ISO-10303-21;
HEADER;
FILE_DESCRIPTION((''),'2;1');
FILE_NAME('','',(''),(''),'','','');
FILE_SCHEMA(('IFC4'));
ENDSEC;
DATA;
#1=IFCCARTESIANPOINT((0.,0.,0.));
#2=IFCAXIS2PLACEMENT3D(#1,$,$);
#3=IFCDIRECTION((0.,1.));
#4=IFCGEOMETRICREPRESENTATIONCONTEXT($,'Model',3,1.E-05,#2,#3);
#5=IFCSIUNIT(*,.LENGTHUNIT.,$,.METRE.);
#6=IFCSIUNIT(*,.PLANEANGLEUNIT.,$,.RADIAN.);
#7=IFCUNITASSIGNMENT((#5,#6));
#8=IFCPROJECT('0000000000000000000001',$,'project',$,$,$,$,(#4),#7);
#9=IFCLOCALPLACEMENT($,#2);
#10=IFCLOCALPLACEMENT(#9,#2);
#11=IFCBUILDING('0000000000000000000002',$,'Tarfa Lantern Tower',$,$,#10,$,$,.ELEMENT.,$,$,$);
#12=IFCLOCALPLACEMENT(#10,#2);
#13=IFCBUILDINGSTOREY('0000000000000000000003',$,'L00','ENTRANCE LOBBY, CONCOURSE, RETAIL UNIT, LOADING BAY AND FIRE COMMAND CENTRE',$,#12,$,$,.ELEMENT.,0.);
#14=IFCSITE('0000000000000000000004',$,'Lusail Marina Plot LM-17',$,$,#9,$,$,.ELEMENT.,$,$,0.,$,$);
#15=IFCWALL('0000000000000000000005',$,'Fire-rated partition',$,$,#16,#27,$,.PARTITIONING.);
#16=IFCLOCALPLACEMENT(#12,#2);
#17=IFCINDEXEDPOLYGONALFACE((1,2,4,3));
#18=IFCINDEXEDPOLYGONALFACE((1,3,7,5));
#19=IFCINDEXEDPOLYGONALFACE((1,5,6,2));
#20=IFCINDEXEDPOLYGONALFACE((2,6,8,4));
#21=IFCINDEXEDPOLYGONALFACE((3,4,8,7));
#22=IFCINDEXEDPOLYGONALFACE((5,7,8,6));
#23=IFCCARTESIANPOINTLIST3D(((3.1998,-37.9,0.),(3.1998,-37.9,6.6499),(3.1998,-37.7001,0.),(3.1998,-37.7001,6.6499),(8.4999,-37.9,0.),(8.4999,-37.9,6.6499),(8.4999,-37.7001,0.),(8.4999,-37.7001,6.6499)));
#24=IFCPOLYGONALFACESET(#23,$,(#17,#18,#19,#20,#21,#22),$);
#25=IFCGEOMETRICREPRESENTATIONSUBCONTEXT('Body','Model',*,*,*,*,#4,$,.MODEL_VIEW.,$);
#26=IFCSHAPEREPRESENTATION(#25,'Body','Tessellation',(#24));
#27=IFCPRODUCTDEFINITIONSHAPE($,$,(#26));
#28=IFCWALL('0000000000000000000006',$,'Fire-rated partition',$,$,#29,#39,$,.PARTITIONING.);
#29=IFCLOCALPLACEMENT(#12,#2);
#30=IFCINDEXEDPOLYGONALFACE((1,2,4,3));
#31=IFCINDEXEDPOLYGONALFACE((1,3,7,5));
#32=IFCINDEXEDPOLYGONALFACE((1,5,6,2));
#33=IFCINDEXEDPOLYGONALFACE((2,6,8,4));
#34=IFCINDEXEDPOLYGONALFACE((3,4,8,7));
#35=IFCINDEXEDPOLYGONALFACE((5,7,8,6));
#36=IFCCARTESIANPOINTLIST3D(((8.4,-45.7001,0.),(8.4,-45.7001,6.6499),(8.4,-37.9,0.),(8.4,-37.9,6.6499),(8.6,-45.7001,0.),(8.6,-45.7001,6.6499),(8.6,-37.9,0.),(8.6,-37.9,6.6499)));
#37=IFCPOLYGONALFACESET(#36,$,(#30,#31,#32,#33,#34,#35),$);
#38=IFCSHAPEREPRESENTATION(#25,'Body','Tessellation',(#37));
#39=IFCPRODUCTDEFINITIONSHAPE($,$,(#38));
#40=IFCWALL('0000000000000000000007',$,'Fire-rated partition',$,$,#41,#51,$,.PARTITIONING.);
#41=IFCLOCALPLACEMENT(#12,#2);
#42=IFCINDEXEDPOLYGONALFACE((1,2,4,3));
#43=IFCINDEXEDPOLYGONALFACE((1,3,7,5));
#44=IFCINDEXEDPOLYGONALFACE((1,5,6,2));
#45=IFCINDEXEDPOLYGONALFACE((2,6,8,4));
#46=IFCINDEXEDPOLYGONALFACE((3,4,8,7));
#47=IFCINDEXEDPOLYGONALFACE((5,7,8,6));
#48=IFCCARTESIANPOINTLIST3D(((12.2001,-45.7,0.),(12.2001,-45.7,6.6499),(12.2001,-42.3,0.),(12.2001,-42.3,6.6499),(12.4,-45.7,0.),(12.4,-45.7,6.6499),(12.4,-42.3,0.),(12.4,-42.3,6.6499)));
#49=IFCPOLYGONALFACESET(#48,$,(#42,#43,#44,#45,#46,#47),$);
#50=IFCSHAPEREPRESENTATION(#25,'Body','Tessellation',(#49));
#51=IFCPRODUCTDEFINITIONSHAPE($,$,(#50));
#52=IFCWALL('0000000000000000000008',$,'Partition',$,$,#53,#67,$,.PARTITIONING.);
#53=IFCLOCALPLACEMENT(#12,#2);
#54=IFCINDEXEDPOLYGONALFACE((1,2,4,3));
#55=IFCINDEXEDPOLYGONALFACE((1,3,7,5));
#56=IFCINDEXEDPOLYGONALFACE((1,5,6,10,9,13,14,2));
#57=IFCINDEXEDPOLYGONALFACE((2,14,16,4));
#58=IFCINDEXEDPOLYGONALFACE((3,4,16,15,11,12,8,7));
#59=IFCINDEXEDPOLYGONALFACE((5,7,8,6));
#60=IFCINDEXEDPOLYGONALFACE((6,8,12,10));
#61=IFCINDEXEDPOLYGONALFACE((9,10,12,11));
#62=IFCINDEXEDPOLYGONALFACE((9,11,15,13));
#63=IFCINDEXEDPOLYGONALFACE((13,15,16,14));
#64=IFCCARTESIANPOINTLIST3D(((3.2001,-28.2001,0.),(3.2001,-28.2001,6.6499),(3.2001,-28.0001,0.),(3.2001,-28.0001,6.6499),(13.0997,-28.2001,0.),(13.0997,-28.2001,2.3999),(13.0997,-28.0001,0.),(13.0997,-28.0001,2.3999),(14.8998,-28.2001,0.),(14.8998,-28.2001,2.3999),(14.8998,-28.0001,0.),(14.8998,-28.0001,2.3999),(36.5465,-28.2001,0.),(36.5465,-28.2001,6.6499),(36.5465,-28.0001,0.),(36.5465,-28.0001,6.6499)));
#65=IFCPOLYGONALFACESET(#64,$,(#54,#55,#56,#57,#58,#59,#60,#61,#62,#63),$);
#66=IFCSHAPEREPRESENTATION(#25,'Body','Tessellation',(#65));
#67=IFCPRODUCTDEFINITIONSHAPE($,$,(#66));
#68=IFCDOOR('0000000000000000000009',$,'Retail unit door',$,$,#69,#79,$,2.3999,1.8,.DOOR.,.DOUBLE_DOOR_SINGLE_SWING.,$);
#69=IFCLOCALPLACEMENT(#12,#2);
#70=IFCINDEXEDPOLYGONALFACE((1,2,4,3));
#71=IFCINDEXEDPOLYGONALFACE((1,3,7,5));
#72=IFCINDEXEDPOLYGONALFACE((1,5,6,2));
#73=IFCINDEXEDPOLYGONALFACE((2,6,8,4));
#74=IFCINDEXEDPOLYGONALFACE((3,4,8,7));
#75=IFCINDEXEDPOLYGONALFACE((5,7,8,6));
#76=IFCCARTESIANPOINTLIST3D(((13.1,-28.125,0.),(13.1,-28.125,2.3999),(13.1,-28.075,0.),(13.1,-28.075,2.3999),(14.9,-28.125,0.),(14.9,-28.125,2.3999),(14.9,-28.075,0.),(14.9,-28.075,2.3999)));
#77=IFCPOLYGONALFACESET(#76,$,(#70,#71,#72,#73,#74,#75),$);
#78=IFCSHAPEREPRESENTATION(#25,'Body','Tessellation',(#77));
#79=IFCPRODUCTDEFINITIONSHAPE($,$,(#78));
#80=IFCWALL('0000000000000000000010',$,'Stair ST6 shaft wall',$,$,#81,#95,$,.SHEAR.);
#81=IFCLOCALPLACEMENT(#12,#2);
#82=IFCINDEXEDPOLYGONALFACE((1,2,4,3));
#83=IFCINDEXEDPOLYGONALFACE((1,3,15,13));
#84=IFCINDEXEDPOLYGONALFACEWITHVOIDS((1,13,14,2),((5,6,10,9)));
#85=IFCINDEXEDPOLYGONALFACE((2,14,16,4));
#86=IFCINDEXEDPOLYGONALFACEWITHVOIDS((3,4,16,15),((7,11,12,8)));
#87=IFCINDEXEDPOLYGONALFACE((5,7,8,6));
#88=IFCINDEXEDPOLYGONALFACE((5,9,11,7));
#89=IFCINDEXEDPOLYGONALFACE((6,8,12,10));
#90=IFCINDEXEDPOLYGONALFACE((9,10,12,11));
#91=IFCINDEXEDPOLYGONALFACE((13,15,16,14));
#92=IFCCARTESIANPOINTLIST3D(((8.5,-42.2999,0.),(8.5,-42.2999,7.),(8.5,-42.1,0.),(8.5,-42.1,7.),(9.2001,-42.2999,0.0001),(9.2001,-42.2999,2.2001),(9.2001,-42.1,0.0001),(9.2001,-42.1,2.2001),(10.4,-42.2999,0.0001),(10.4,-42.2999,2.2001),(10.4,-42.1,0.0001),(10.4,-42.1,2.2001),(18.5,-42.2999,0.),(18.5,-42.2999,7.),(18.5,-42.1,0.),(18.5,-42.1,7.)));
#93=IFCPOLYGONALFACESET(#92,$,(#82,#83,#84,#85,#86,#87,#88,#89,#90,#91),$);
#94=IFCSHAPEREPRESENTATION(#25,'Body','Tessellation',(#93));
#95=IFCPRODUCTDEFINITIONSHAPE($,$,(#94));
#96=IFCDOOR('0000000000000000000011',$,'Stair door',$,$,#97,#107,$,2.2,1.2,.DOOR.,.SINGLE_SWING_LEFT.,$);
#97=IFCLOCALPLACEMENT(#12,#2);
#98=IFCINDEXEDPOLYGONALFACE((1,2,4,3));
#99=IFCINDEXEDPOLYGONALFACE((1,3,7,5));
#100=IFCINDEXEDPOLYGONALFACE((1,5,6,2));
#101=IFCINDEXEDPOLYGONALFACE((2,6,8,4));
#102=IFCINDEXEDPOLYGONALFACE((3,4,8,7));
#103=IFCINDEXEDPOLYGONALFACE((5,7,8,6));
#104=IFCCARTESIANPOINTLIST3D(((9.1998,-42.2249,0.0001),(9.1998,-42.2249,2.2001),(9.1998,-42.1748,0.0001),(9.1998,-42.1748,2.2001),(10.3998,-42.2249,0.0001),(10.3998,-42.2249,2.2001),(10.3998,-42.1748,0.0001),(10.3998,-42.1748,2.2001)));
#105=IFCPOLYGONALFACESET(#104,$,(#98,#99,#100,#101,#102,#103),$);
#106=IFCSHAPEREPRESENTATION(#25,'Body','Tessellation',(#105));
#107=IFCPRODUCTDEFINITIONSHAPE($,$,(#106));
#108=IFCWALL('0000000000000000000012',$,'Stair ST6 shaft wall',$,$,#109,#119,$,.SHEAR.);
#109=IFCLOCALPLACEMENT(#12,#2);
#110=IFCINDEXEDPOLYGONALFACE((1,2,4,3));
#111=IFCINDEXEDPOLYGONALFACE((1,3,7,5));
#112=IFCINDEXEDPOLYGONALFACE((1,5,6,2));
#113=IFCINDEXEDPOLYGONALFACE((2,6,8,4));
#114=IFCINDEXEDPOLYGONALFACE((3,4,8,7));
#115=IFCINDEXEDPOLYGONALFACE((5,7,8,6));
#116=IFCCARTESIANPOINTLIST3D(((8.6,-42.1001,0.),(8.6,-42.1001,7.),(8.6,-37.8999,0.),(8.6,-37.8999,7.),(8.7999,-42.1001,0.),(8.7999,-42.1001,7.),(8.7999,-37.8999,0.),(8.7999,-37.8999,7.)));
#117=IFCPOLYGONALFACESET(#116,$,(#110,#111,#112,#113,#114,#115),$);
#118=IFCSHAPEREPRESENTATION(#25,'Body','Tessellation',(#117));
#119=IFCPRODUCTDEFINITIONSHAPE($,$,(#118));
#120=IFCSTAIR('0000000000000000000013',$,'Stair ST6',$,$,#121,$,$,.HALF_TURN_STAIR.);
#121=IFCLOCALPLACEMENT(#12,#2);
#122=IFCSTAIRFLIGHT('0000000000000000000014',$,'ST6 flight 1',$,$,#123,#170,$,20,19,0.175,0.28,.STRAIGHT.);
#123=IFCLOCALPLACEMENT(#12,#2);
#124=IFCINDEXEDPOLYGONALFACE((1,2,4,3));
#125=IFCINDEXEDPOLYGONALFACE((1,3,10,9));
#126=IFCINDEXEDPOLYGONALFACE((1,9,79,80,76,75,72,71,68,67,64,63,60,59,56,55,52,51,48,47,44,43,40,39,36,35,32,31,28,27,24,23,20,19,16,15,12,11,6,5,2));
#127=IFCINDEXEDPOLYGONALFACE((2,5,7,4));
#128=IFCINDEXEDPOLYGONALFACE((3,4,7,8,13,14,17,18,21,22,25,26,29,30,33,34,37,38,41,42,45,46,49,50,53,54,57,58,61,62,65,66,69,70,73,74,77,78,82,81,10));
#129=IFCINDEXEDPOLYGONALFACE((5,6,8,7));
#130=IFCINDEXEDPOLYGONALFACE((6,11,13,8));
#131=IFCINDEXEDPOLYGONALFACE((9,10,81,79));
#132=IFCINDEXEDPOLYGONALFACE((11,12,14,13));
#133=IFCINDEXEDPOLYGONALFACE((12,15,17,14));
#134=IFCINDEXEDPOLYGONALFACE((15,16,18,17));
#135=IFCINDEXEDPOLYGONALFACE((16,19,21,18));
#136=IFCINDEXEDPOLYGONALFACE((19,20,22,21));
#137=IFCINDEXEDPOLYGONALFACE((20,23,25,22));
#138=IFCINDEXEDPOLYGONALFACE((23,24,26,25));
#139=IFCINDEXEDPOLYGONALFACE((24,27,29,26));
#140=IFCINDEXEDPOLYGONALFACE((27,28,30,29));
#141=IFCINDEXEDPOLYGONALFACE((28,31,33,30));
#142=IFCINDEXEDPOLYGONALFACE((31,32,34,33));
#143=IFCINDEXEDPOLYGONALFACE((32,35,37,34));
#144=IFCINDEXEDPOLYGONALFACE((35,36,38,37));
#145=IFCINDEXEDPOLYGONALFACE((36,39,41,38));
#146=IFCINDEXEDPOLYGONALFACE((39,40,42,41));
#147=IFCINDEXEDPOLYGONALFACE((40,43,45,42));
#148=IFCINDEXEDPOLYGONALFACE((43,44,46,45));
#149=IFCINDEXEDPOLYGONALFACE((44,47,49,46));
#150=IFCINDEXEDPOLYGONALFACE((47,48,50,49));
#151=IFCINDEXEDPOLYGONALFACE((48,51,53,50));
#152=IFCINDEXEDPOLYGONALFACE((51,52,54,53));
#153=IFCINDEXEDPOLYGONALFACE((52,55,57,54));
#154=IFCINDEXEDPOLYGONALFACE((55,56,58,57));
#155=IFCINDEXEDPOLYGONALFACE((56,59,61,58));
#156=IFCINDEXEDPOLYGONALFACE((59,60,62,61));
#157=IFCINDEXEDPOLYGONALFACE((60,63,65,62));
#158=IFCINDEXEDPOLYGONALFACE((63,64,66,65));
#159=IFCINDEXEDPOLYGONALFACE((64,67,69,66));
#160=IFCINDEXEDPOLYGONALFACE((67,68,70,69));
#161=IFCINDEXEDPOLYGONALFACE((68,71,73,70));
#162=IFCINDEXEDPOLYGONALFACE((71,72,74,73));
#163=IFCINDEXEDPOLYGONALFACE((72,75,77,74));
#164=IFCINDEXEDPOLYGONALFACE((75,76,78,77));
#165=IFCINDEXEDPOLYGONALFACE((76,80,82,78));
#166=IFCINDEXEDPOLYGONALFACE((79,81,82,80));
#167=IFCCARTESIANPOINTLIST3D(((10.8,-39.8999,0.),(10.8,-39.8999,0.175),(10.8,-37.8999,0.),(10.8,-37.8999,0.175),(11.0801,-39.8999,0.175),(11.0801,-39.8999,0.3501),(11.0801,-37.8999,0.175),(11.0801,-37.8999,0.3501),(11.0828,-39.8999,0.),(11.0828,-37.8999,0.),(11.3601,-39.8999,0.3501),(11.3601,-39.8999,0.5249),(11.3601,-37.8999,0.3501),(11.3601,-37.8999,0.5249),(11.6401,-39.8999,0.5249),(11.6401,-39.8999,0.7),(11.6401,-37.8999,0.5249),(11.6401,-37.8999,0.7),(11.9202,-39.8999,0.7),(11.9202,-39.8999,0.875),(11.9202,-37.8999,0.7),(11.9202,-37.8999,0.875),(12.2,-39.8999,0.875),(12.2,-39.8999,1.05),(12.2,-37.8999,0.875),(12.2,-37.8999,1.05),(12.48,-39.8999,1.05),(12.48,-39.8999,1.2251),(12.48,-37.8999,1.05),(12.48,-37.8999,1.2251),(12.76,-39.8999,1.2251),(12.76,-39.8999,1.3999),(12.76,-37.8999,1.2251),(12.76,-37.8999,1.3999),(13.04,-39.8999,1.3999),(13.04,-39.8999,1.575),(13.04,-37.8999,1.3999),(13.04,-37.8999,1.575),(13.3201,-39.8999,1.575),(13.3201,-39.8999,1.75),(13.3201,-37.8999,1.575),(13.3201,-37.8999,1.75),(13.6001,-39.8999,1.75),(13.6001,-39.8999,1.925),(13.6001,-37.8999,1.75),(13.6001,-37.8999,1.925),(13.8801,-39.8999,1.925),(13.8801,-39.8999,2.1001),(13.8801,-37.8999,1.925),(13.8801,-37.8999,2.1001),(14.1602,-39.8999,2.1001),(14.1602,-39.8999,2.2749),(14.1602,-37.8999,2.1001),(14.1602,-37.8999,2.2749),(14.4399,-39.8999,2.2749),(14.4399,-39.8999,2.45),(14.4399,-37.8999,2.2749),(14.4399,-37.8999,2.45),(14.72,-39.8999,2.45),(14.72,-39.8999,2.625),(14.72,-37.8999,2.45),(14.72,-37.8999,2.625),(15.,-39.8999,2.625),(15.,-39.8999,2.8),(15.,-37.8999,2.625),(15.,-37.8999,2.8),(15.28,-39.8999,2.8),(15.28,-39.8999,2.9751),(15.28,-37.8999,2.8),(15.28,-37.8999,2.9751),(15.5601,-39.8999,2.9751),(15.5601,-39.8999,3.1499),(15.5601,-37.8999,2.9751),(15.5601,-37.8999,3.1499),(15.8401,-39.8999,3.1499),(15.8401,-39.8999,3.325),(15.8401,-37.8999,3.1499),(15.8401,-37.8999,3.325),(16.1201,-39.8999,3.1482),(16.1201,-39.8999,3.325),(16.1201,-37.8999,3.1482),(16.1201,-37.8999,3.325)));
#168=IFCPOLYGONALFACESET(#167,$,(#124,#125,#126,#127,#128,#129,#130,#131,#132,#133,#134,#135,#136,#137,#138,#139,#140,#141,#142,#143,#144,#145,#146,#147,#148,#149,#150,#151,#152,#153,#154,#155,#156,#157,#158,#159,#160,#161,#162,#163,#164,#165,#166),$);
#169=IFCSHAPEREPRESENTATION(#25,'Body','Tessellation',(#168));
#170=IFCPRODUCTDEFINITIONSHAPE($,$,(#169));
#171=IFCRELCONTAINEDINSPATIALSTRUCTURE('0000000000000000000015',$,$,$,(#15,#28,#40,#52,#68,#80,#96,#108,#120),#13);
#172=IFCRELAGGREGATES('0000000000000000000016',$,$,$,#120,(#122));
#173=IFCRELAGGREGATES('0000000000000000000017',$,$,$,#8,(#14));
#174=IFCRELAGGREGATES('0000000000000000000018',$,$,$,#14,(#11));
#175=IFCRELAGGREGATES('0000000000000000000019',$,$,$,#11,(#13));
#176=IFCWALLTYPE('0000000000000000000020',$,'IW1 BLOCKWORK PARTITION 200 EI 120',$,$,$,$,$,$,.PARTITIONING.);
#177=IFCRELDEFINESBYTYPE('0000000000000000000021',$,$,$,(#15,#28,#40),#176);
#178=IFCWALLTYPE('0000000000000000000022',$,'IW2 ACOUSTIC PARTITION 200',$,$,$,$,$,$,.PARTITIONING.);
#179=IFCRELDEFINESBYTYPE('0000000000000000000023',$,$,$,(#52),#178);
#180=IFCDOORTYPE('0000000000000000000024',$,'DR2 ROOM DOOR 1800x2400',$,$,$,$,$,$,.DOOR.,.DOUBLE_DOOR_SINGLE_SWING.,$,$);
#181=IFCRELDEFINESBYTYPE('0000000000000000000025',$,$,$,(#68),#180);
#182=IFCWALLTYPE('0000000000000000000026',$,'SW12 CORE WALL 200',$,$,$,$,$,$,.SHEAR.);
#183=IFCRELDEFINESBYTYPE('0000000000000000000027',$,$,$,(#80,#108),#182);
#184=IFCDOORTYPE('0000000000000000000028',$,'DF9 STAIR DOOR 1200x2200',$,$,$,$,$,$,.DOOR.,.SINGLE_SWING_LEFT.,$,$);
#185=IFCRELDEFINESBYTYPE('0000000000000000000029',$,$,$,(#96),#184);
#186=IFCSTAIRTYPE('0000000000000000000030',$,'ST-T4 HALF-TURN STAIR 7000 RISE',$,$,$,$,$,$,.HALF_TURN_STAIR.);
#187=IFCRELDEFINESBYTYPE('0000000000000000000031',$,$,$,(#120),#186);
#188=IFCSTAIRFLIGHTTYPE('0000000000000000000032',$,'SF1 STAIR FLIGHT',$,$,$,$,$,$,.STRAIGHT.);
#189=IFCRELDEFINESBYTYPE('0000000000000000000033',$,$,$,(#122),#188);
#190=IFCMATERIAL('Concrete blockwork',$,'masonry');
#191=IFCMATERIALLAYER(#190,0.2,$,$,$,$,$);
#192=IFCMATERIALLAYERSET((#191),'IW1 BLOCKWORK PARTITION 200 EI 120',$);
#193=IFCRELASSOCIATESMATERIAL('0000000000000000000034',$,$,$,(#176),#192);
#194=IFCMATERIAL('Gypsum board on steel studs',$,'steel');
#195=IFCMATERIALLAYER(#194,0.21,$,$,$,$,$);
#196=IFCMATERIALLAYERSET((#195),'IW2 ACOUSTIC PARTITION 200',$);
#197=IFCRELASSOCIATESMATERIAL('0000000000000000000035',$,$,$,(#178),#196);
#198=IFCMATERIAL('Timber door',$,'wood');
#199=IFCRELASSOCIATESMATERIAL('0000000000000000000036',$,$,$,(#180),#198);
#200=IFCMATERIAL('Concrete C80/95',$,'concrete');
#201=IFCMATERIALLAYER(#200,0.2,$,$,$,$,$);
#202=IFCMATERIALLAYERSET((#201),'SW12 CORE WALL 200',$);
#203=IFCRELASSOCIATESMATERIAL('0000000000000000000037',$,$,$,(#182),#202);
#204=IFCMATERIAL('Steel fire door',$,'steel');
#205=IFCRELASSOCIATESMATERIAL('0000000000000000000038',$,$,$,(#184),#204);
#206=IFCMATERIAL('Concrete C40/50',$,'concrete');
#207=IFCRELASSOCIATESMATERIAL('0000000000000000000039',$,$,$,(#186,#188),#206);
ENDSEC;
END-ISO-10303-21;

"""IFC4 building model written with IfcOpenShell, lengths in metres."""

from ifc_helpers import new_model, si_unit, direction, frame, frame_2d, origin, place, context, subcontext, project, spatial, polyline, rectangle, outline, extrude, material, layer, layer_set, type_object, element, fill, aggregate, save


model = new_model("IFC4")

# Units and contexts
model_context = context("Model", 3, precision=1e-05, world=origin(), true_north=direction((0.0, 1.0)))
body_context = subcontext(model_context, "Body", "Model", "MODEL_VIEW")
ifc_project = project(units=[si_unit("LENGTHUNIT", "METRE"), si_unit("PLANEANGLEUNIT", "RADIAN")], contexts=[model_context])

# Site, building, storey
site_placement = place(None, origin())
site = spatial("IfcSite", under=ifc_project, at=site_placement, Name="Lusail Marina Plot LM-17", CompositionType="ELEMENT", RefElevation=0.0)
building_placement = place(site_placement, origin())
building = spatial("IfcBuilding", under=site, at=building_placement, Name="Tarfa Lantern Tower", CompositionType="ELEMENT")
storey_placement = place(building_placement, origin())
storey = spatial("IfcBuildingStorey", under=building, at=storey_placement, Name="L00", Description="ENTRANCE LOBBY, CONCOURSE, RETAIL UNIT, LOADING BAY AND FIRE COMMAND CENTRE", CompositionType="ELEMENT", Elevation=0.0)

# Shared definitions
ifc_material_1 = material(Name="Concrete C80/95", Category="concrete")

# Shared definitions
ifc_material_2 = material(Name="Concrete blockwork", Category="masonry")
ifc_layer_1 = layer(ifc_material_2, 0.2)
ifc_layer_set_1 = layer_set([ifc_layer_1], Name="IW1 BLOCKWORK PARTITION 200 EI 120")
wall_type_1 = type_object("IfcWallType", Name="IW1 BLOCKWORK PARTITION 200 EI 120", PredefinedType="PARTITIONING", material=ifc_layer_set_1)
ifc_material_3 = material(Name="Steel fire door", Category="steel")

# Walls
wall_1_placement = place(storey_placement, frame((3.2, -37.8, 0.0), z_axis=(0.0, 0.0, 1.0), x_axis=(1.0, 0.0, 0.0)))
element("IfcWall", 1, at=wall_1_placement, inside=storey, type_object=wall_type_1, Name="Fire-rated partition", PredefinedType="PARTITIONING", context=body_context, shape_type="SweptSolid", body=[
    extrude(rectangle(XDim=5.3, YDim=0.2, at=frame_2d((2.6499, 0.0))), origin(), (0.0, 0.0, 1.0), 6.6499),
])
wall_2_placement = place(storey_placement, frame((8.5, -45.7, 0.0), z_axis=(0.0, 0.0, 1.0), x_axis=(0.0, 1.0, 0.0)))
element("IfcWall", 2, at=wall_2_placement, inside=storey, type_object=wall_type_1, Name="Fire-rated partition", PredefinedType="PARTITIONING", context=body_context, shape_type="SweptSolid", body=[
    extrude(rectangle(XDim=7.8, YDim=0.2, at=frame_2d((3.8999, 0.0))), origin(), (0.0, 0.0, 1.0), 6.6499),
])
wall_3_placement = place(storey_placement, frame((12.3, -45.7, 0.0), z_axis=(0.0, 0.0, 1.0), x_axis=(0.0, 1.0, 0.0)))
element("IfcWall", 3, at=wall_3_placement, inside=storey, type_object=wall_type_1, Name="Fire-rated partition", PredefinedType="PARTITIONING", context=body_context, shape_type="SweptSolid", body=[
    extrude(rectangle(XDim=3.3999, YDim=0.2, at=frame_2d((1.7, 0.0))), origin(), (0.0, 0.0, 1.0), 6.6499),
])

# Walls, openings, doors
ifc_material_4 = material(Name="Gypsum board on steel studs", Category="steel")
ifc_layer_2 = layer(ifc_material_4, 0.21)
ifc_layer_set_2 = layer_set([ifc_layer_2], Name="IW2 ACOUSTIC PARTITION 200")
wall_type_2 = type_object("IfcWallType", Name="IW2 ACOUSTIC PARTITION 200", PredefinedType="PARTITIONING", material=ifc_layer_set_2)
wall_4_placement = place(storey_placement, frame((3.2, -28.1001, 0.0), z_axis=(0.0, 0.0, 1.0), x_axis=(1.0, 0.0, 0.0)))
wall_4 = element("IfcWall", 4, at=wall_4_placement, inside=storey, type_object=wall_type_2, Name="Partition", PredefinedType="PARTITIONING", context=body_context, shape_type="SweptSolid", body=[
    extrude(rectangle(XDim=33.3464, YDim=0.2, at=frame_2d((16.6733, 0.0))), origin(), (0.0, 0.0, 1.0), 6.6499),
])
opening_1_placement = place(wall_4_placement, frame((9.8999, 0.0, 0.0)))
opening_1 = element("IfcOpeningElement", 5, at=opening_1_placement, cuts=wall_4, PredefinedType="OPENING", context=body_context, shape_type="SweptSolid", body=[
    extrude(rectangle(XDim=1.8, YDim=2.3999, at=frame_2d((0.8999, 1.2))), frame((0.0, 0.1099, 0.0), z_axis=(0.0, -1.0, 0.0), x_axis=(1.0, 0.0, 0.0)), (0.0, 0.0, 1.0), 0.22),
])
ifc_material_5 = material(Name="Timber door", Category="wood")
door_type_1 = type_object("IfcDoorType", Name="DR2 ROOM DOOR 1800x2400", OperationType="DOUBLE_DOOR_SINGLE_SWING", PredefinedType="DOOR", material=ifc_material_5)
door_1_placement = place(opening_1_placement, frame((1.8, 0.0, 0.0), z_axis=(0.0, 0.0, 1.0), x_axis=(-1.0, 0.0, 0.0)))
door_1 = element("IfcDoor", 6, at=door_1_placement, inside=storey, type_object=door_type_1, Name="Retail unit door", OperationType="DOUBLE_DOOR_SINGLE_SWING", OverallHeight=2.3999, OverallWidth=1.8, PredefinedType="DOOR", context=body_context, shape_type="SweptSolid", body=[
    extrude(rectangle(XDim=1.8, YDim=2.3999, at=frame_2d((0.8999, 1.2))), frame((0.0, 0.0249, 0.0), z_axis=(0.0, -1.0, 0.0), x_axis=(1.0, 0.0, 0.0)), (0.0, 0.0, 1.0), 0.05),
])
fill(opening_1, door_1)
ifc_layer_3 = layer(ifc_material_1, 0.2)
ifc_layer_set_3 = layer_set([ifc_layer_3], Name="SW12 CORE WALL 200")
wall_type_3 = type_object("IfcWallType", Name="SW12 CORE WALL 200", PredefinedType="SHEAR", material=ifc_layer_set_3)
wall_5_placement = place(storey_placement, frame((8.5, -42.2, 0.0), z_axis=(0.0, 0.0, 1.0), x_axis=(1.0, 0.0, 0.0)))
wall_5 = element("IfcWall", 7, at=wall_5_placement, inside=storey, type_object=wall_type_3, Name="Stair ST6 shaft wall", PredefinedType="SHEAR", context=body_context, shape_type="SweptSolid", body=[
    extrude(rectangle(XDim=10.0, YDim=0.2, at=frame_2d((5.0, 0.0))), origin(), (0.0, 0.0, 1.0), 7.0),
])
opening_2_placement = place(wall_5_placement, frame((0.7, 0.0, 0.0)))
opening_2 = element("IfcOpeningElement", 8, at=opening_2_placement, cuts=wall_5, PredefinedType="OPENING", context=body_context, shape_type="SweptSolid", body=[
    extrude(rectangle(XDim=1.2, YDim=2.2, at=frame_2d((0.6001, 1.1001))), frame((0.0, 0.1099, 0.0), z_axis=(0.0, -1.0, 0.0), x_axis=(1.0, 0.0, 0.0)), (0.0, 0.0, 1.0), 0.22),
])
door_type_2 = type_object("IfcDoorType", Name="DF9 STAIR DOOR 1200x2200", OperationType="SINGLE_SWING_LEFT", PredefinedType="DOOR", material=ifc_material_3)
door_2_placement = place(opening_2_placement, frame((1.2, 0.0, 0.0), z_axis=(0.0, 0.0, 1.0), x_axis=(-1.0, 0.0, 0.0)))
door_2 = element("IfcDoor", 9, at=door_2_placement, inside=storey, type_object=door_type_2, Name="Stair door", OperationType="SINGLE_SWING_LEFT", OverallHeight=2.2, OverallWidth=1.2, PredefinedType="DOOR", context=body_context, shape_type="SweptSolid", body=[
    extrude(rectangle(XDim=1.2, YDim=2.2, at=frame_2d((0.6001, 1.1001))), frame((0.0, 0.0249, 0.0), z_axis=(0.0, -1.0, 0.0), x_axis=(1.0, 0.0, 0.0)), (0.0, 0.0, 1.0), 0.05),
])
fill(opening_2, door_2)

# Wall
wall_6_placement = place(storey_placement, frame((8.7, -37.8999, 0.0), z_axis=(0.0, 0.0, 1.0), x_axis=(0.0, -1.0, 0.0)))
element("IfcWall", 10, at=wall_6_placement, inside=storey, type_object=wall_type_3, Name="Stair ST6 shaft wall", PredefinedType="SHEAR", context=body_context, shape_type="SweptSolid", body=[
    extrude(rectangle(XDim=4.2002, YDim=0.2, at=frame_2d((2.1001, 0.0))), origin(), (0.0, 0.0, 1.0), 7.0),
])

# Stair, stair flight
ifc_material_6 = material(Name="Concrete C40/50", Category="concrete")
stair_type = type_object("IfcStairType", Name="ST-T4 HALF-TURN STAIR 7000 RISE", PredefinedType="HALF_TURN_STAIR", material=ifc_material_6)
stair_placement = place(storey_placement, origin())
stair = element("IfcStair", 11, at=stair_placement, inside=storey, type_object=stair_type, Name="Stair ST6", PredefinedType="HALF_TURN_STAIR")
stair_flight_type = type_object("IfcStairFlightType", Name="SF1 STAIR FLIGHT", PredefinedType="STRAIGHT", material=ifc_material_6)
stair_flight_placement = place(storey_placement, frame((10.8, -38.8999, 0.0), z_axis=(0.0, 0.0, 1.0), x_axis=(1.0, 0.0, 0.0)))
stair_flight = element("IfcStairFlight", 12, at=stair_flight_placement, type_object=stair_flight_type, Name="ST6 flight 1", NumberOfRisers=20, NumberOfTreads=19, PredefinedType="STRAIGHT", RiserHeight=0.175, TreadLength=0.28, context=body_context, shape_type="SweptSolid", body=[
    extrude(outline(polyline([(0.0, 0.0), (0.0, 0.175), (0.28, 0.175), (0.28, 0.3501), (0.5601, 0.3501), (0.5601, 0.5249), (0.8401, 0.5249), (0.8401, 0.7), (1.1201, 0.7), (1.1201, 0.875), (1.3999, 0.875), (1.3999, 1.05), (1.6799, 1.05), (1.6799, 1.2251), (1.96, 1.2251), (1.96, 1.3999), (2.24, 1.3999), (2.24, 1.575), (2.52, 1.575), (2.52, 1.75), (2.8, 1.75), (2.8, 1.925), (3.0801, 1.925), (3.0801, 2.1001), (3.3601, 2.1001), (3.3601, 2.2749), (3.6399, 2.2749), (3.6399, 2.45), (3.9199, 2.45), (3.9199, 2.625), (4.2, 2.625), (4.2, 2.8), (4.48, 2.8), (4.48, 2.9751), (4.76, 2.9751), (4.76, 3.1499), (5.04, 3.1499), (5.04, 3.325), (5.3201, 3.325), (5.3201, 3.5), (5.3201, 3.1482), (0.2827, 0.0), (0.0, 0.0)])), frame((0.0, 1.0, 0.0), z_axis=(0.0, -1.0, 0.0), x_axis=(1.0, 0.0, 0.0)), (0.0, 0.0, 1.0), 2.0),
])
aggregate(stair, [stair_flight])

save(model, "model.ifc")
